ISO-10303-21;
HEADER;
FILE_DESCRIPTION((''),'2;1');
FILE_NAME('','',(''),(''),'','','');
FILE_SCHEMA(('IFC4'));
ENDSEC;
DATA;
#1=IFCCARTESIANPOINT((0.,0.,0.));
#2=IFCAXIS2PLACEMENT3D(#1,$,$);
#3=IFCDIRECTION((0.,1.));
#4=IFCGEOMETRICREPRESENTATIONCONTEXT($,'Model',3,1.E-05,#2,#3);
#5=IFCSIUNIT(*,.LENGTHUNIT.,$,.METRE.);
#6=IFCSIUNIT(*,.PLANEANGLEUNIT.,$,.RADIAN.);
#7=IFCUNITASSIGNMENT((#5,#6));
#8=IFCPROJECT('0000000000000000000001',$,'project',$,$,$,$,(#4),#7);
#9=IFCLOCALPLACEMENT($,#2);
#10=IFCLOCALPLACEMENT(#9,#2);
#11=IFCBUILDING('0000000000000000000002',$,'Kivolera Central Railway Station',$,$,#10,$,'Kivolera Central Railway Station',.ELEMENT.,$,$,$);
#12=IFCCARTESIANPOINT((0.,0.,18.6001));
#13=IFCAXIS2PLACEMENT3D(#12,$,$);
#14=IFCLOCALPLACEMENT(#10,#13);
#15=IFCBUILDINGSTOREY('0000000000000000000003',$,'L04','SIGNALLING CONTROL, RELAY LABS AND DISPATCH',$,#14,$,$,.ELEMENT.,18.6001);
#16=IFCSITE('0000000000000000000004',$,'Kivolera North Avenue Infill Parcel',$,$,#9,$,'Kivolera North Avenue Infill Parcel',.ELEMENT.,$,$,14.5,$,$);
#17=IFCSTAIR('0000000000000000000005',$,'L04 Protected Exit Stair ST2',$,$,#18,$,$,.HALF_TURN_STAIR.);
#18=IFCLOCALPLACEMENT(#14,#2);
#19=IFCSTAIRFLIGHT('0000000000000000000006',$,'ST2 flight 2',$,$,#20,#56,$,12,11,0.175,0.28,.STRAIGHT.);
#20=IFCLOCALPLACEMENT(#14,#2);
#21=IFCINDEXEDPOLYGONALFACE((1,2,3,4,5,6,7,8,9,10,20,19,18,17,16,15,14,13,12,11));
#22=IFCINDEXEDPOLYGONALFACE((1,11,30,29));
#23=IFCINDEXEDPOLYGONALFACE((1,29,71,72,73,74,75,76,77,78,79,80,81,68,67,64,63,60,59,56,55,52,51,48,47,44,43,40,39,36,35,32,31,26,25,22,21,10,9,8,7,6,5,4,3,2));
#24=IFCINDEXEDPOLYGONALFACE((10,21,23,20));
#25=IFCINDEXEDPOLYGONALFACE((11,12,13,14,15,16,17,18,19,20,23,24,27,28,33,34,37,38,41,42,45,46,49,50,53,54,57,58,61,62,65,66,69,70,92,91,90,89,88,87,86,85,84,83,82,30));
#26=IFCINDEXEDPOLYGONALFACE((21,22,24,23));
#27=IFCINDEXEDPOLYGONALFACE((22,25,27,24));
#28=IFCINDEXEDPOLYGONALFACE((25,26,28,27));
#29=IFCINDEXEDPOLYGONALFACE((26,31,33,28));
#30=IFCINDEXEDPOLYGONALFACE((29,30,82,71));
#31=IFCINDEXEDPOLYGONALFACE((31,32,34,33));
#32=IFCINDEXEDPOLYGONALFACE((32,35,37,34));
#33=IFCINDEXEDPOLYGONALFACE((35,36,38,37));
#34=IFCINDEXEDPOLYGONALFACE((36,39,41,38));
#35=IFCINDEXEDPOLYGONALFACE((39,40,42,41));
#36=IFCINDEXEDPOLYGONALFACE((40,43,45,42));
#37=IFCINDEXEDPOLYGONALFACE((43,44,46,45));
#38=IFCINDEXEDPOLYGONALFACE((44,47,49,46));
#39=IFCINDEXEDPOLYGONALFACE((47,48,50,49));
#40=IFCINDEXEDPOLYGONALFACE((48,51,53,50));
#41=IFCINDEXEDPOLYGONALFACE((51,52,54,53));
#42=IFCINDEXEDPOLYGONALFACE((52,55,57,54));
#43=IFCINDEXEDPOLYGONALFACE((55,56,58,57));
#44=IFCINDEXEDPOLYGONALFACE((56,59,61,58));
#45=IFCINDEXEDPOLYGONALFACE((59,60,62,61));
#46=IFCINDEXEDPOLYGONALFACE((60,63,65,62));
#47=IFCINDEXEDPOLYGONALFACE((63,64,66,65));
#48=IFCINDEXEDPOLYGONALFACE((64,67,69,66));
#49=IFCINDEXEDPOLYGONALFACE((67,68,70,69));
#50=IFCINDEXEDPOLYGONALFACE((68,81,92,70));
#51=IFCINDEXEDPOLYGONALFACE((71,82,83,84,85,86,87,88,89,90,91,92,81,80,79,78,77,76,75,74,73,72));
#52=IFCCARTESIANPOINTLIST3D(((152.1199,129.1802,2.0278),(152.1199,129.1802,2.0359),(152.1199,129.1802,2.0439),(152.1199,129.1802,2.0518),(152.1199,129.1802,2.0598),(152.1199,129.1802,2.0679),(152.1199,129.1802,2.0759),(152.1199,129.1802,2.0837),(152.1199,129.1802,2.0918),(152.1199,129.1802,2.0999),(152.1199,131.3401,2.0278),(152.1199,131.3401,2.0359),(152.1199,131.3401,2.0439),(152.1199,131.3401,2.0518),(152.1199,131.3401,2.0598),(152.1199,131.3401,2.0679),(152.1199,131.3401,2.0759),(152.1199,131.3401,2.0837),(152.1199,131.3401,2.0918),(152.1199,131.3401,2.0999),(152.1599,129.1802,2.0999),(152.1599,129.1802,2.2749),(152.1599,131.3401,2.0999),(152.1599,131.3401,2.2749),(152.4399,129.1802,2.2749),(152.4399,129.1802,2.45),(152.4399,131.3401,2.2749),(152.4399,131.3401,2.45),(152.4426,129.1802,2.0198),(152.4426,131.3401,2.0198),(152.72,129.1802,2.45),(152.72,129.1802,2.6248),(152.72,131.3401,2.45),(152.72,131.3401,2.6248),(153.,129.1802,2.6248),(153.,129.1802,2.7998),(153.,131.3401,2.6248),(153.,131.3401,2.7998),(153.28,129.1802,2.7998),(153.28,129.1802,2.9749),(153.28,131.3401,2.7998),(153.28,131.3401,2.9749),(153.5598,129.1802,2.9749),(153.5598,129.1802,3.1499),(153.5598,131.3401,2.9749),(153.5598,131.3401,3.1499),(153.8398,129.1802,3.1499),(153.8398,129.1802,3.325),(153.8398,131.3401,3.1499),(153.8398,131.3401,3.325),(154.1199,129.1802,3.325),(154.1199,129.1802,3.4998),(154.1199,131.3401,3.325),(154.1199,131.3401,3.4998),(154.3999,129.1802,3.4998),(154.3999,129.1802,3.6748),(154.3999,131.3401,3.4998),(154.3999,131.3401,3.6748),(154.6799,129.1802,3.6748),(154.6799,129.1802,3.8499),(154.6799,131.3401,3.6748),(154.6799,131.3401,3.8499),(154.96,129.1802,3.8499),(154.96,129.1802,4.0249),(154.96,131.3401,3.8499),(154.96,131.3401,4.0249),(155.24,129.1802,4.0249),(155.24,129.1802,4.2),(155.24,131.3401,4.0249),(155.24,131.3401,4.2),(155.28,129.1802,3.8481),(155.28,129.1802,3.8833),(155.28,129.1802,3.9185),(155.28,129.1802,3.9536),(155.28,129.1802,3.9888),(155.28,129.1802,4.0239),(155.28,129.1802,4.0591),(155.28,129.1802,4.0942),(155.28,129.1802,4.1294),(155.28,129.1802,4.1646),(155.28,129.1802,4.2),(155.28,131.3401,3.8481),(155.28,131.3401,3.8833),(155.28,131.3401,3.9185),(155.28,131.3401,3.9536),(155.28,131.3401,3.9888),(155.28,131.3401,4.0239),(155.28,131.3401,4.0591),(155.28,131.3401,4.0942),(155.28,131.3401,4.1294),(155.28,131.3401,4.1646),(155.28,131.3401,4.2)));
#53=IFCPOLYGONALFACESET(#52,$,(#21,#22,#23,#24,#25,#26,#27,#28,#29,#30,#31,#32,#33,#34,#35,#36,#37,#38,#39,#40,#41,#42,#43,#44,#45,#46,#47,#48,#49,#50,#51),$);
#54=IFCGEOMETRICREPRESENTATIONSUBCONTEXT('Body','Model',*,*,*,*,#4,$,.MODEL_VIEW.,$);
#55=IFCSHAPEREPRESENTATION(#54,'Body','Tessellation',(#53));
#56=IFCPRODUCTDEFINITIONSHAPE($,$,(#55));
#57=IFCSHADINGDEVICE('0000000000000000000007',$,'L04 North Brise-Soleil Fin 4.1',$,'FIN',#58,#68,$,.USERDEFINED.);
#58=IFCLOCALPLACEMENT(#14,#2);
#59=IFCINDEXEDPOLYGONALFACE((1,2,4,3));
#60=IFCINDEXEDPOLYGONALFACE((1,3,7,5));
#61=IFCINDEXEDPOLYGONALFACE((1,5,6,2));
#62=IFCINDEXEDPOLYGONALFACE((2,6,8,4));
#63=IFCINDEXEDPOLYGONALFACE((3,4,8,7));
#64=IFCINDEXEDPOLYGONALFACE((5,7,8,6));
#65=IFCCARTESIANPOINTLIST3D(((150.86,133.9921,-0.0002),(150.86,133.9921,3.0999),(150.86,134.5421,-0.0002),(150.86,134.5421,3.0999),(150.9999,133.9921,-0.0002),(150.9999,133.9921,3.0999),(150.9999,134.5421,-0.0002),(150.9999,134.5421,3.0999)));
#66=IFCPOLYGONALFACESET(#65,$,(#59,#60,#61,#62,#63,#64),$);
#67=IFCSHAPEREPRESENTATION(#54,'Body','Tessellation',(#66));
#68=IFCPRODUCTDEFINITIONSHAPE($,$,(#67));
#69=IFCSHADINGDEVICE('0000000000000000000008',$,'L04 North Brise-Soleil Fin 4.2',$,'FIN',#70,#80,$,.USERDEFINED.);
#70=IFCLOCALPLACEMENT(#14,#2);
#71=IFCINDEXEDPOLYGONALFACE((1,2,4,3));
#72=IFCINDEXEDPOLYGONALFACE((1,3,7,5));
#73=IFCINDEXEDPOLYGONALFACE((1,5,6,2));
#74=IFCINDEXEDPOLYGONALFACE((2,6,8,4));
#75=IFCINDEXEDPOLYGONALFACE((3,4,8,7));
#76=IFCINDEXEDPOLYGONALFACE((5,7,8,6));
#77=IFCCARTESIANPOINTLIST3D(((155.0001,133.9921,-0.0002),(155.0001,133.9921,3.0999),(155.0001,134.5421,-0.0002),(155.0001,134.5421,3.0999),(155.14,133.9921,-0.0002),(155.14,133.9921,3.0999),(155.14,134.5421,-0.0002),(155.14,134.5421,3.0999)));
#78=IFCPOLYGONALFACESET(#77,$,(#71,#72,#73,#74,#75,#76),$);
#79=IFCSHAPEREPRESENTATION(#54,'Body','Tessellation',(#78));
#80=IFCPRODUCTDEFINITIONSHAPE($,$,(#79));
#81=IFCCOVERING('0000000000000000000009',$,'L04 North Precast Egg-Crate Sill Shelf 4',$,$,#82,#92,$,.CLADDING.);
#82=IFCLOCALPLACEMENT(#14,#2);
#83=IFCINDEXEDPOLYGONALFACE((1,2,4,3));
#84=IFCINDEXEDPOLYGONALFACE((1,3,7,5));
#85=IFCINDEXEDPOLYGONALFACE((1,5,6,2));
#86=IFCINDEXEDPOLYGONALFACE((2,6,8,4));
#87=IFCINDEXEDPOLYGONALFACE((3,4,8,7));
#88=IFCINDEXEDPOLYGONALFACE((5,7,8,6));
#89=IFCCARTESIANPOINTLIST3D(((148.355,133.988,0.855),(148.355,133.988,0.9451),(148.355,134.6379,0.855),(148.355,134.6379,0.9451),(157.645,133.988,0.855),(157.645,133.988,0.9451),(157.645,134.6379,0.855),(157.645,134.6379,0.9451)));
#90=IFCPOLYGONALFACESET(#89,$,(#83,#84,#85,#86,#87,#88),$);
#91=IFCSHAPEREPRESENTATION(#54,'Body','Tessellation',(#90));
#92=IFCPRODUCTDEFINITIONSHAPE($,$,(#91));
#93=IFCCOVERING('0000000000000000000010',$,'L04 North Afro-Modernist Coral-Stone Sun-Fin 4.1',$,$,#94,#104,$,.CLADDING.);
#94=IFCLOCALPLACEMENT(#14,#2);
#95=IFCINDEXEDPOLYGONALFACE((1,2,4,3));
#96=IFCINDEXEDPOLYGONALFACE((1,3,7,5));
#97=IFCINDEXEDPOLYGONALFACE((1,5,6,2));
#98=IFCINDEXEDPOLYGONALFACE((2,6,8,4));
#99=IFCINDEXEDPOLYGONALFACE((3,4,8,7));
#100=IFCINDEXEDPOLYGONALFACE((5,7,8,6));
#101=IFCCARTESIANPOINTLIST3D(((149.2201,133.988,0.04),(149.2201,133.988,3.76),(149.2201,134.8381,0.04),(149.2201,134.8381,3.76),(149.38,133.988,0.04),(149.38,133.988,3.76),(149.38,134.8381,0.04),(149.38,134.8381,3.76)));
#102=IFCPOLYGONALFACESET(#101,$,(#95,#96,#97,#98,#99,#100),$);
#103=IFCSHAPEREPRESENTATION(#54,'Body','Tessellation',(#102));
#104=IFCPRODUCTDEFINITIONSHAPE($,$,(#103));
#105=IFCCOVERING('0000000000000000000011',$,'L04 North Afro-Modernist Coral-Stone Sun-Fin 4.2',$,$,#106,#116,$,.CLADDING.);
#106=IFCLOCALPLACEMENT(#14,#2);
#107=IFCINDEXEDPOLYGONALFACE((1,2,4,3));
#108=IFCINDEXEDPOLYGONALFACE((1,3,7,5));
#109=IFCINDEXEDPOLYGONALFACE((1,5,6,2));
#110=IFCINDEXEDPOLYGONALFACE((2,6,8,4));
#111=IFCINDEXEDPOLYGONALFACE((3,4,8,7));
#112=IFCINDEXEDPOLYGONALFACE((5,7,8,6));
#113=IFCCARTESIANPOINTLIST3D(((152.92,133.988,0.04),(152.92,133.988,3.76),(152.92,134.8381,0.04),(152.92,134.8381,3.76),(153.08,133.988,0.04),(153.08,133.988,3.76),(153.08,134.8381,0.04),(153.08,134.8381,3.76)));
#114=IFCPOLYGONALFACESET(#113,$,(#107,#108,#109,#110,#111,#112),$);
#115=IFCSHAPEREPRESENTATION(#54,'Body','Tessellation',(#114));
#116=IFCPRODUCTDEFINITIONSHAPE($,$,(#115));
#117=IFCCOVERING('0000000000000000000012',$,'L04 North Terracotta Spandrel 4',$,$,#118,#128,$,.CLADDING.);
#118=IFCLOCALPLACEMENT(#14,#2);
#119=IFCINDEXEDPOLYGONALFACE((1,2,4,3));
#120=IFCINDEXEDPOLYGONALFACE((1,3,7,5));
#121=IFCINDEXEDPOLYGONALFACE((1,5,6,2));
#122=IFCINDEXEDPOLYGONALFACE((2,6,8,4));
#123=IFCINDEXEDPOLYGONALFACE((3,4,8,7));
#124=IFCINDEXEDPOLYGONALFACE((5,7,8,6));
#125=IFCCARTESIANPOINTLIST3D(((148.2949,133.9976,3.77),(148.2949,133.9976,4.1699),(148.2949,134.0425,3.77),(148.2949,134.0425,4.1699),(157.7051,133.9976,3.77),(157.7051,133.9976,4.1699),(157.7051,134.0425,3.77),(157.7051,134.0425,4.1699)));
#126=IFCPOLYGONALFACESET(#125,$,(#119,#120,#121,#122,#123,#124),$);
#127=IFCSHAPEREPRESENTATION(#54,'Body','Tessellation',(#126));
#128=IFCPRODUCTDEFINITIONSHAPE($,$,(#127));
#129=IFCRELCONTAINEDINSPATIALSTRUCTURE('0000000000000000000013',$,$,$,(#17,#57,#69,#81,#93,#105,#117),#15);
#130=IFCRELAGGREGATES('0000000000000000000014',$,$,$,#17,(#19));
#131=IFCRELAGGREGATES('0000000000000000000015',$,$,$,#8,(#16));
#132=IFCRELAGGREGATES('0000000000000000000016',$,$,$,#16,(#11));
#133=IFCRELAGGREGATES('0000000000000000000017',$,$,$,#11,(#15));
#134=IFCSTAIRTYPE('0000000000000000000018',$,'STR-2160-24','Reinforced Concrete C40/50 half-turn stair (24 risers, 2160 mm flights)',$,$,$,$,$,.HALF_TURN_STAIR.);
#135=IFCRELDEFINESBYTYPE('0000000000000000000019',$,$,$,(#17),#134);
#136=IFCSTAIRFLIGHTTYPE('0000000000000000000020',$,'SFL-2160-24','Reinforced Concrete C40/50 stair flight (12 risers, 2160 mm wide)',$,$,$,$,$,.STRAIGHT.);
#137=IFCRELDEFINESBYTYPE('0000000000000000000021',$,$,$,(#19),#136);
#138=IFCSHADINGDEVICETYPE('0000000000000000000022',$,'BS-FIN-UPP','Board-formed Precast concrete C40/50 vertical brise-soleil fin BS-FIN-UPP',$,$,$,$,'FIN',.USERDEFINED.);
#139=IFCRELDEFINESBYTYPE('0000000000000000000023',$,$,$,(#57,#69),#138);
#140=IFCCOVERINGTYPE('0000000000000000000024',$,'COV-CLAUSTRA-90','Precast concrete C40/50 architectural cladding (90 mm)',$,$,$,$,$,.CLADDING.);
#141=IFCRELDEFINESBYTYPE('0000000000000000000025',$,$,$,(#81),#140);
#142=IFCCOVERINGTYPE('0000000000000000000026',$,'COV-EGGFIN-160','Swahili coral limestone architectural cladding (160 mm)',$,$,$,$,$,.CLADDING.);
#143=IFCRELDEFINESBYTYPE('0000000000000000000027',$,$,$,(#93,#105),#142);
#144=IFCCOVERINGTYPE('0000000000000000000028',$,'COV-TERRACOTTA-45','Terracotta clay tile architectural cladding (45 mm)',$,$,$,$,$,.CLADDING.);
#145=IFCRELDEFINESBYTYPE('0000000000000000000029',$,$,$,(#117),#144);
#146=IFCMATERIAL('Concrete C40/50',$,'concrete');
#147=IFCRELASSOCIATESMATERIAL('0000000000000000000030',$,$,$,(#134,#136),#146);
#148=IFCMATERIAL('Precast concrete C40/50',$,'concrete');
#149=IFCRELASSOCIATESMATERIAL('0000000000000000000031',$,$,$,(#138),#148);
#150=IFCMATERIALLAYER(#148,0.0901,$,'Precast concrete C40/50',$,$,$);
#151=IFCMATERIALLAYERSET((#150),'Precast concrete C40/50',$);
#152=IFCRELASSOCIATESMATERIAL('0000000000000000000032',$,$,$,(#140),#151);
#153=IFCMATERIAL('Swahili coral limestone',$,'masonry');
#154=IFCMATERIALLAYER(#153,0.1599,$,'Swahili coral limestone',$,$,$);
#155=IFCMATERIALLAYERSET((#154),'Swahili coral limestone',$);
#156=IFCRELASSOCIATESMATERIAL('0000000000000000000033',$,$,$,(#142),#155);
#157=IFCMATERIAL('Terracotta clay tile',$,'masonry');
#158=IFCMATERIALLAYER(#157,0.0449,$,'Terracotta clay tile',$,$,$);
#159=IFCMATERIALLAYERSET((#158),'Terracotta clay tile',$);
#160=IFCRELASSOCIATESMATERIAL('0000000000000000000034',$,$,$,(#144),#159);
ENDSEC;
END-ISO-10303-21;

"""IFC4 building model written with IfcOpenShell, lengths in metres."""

from ifc_helpers import new_model, si_unit, direction, frame, frame_2d, origin, origin_2d, place, context, subcontext, project, spatial, polyline, rectangle, outline, extrude, material, layer, layer_set, type_object, element, aggregate, save


model = new_model("IFC4")

# Units and contexts
model_context = context("Model", 3, precision=1e-05, world=origin(), true_north=direction((0.0, 1.0)))
body_context = subcontext(model_context, "Body", "Model", "MODEL_VIEW")
ifc_project = project(units=[si_unit("LENGTHUNIT", "METRE"), si_unit("PLANEANGLEUNIT", "RADIAN")], contexts=[model_context])

# Site, building, storey
site_placement = place(None, origin())
site = spatial("IfcSite", under=ifc_project, at=site_placement, Name="Kivolera North Avenue Infill Parcel", LongName="Kivolera North Avenue Infill Parcel", CompositionType="ELEMENT", RefElevation=14.5)
building_placement = place(site_placement, origin())
building = spatial("IfcBuilding", under=site, at=building_placement, Name="Kivolera Central Railway Station", LongName="Kivolera Central Railway Station", CompositionType="ELEMENT")
storey_placement = place(building_placement, frame((0.0, 0.0, 18.6001)))
storey = spatial("IfcBuildingStorey", under=building, at=storey_placement, Name="L04", Description="SIGNALLING CONTROL, RELAY LABS AND DISPATCH", CompositionType="ELEMENT", Elevation=18.6001)

# Shared definitions
ifc_material_1 = material(Name="Concrete C40/50", Category="concrete")

# Stair, stair flight
stair_type = type_object("IfcStairType", Name="STR-2160-24", Description="Reinforced Concrete C40/50 half-turn stair (24 risers, 2160 mm flights)", PredefinedType="HALF_TURN_STAIR", material=ifc_material_1)
stair_placement = place(storey_placement, origin())
stair = element("IfcStair", 1, at=stair_placement, inside=storey, type_object=stair_type, Name="L04 Protected Exit Stair ST2", PredefinedType="HALF_TURN_STAIR")
stair_flight_type = type_object("IfcStairFlightType", Name="SFL-2160-24", Description="Reinforced Concrete C40/50 stair flight (12 risers, 2160 mm wide)", PredefinedType="STRAIGHT", material=ifc_material_1)
stair_flight_1_placement = place(storey_placement, frame((152.1599, 130.26, 2.0999), z_axis=(0.0, 0.0, 1.0), x_axis=(1.0, 0.0, 0.0)))
stair_flight_1 = element("IfcStairFlight", 2, at=stair_flight_1_placement, type_object=stair_flight_type, Name="ST2 flight 2", NumberOfRisers=12, NumberOfTreads=11, PredefinedType="STRAIGHT", RiserHeight=0.175, TreadLength=0.28, context=body_context, shape_type="SweptSolid", body=[
    extrude(outline(polyline([(-0.04, 0.0), (0.0, 0.0), (0.0, 0.175), (0.28, 0.175), (0.28, 0.3501), (0.5601, 0.3501), (0.5601, 0.5249), (0.8401, 0.5249), (0.8401, 0.7), (1.1201, 0.7), (1.1201, 0.875), (1.3999, 0.875), (1.3999, 1.05), (1.6799, 1.05), (1.6799, 1.2251), (1.96, 1.2251), (1.96, 1.3999), (2.24, 1.3999), (2.24, 1.575), (2.52, 1.575), (2.52, 1.75), (2.8, 1.75), (2.8, 1.925), (3.0801, 1.925), (3.0801, 2.1001), (3.1201, 2.1001), (3.1201, 2.0647), (3.1201, 2.0295), (3.1201, 1.9944), (3.1201, 1.9592), (3.1201, 1.9241), (3.1201, 1.8889), (3.1201, 1.8538), (3.1201, 1.8186), (3.1201, 1.7834), (3.1201, 1.7483), (0.2827, -0.0801), (-0.04, -0.072), (-0.04, -0.064), (-0.04, -0.0559), (-0.04, -0.0481), (-0.04, -0.04), (-0.04, -0.032), (-0.04, -0.0239), (-0.04, -0.0161), (-0.04, -0.0081), (-0.04, 0.0)])), frame((0.0, 1.0801, 0.0), z_axis=(0.0, -1.0, 0.0), x_axis=(1.0, 0.0, 0.0)), (0.0, 0.0, 1.0), 2.1599),
])
aggregate(stair, [stair_flight_1])

# Shading devices
ifc_material_2 = material(Name="Precast concrete C40/50", Category="concrete")
shading_device_type = type_object("IfcShadingDeviceType", Name="BS-FIN-UPP", Description="Board-formed Precast concrete C40/50 vertical brise-soleil fin BS-FIN-UPP", ElementType="FIN", PredefinedType="USERDEFINED", material=ifc_material_2)
for number, where, z_axis, x_axis, name in (
    (3, (150.9299, 134.2671, -0.0002), (0.0, 0.0, 1.0), (1.0, 0.0, 0.0), "L04 North Brise-Soleil Fin 4.1"),
    (4, (155.0701, 134.2671, -0.0002), (0.0, 0.0, 1.0), (1.0, 0.0, 0.0), "L04 North Brise-Soleil Fin 4.2"),
):
    element("IfcShadingDevice", number, at=place(storey_placement, frame(where, z_axis=z_axis, x_axis=x_axis)), inside=storey, type_object=shading_device_type, Name=name, ObjectType="FIN", PredefinedType="USERDEFINED", context=body_context, shape_type="SweptSolid", body=[
        extrude(rectangle(XDim=0.1399, YDim=0.55, at=origin_2d()), origin(), (0.0, 0.0, 1.0), 3.1001),
    ])

# Coverings
ifc_layer_1 = layer(ifc_material_2, 0.0901, Name="Precast concrete C40/50")
ifc_layer_set_1 = layer_set([ifc_layer_1], Name="Precast concrete C40/50")
covering_type_1 = type_object("IfcCoveringType", Name="COV-CLAUSTRA-90", Description="Precast concrete C40/50 architectural cladding (90 mm)", PredefinedType="CLADDING", material=ifc_layer_set_1)
covering_1_placement = place(storey_placement, frame((153.0, 134.313, 0.855), z_axis=(0.0, 0.0, 1.0), x_axis=(1.0, 0.0, 0.0)))
element("IfcCovering", 5, at=covering_1_placement, inside=storey, type_object=covering_type_1, Name="L04 North Precast Egg-Crate Sill Shelf 4", PredefinedType="CLADDING", context=body_context, shape_type="SweptSolid", body=[
    extrude(rectangle(XDim=9.29, YDim=0.6499, at=origin_2d()), origin(), (0.0, 0.0, 1.0), 0.0901),
])
ifc_material_3 = material(Name="Swahili coral limestone", Category="masonry")
ifc_layer_2 = layer(ifc_material_3, 0.1599, Name="Swahili coral limestone")
ifc_layer_set_2 = layer_set([ifc_layer_2], Name="Swahili coral limestone")
covering_type_2 = type_object("IfcCoveringType", Name="COV-EGGFIN-160", Description="Swahili coral limestone architectural cladding (160 mm)", PredefinedType="CLADDING", material=ifc_layer_set_2)
for number, where, z_axis, x_axis, name in (
    (6, (149.3, 134.4131, 0.04), (0.0, 0.0, 1.0), (1.0, 0.0, 0.0), "L04 North Afro-Modernist Coral-Stone Sun-Fin 4.1"),
    (7, (153.0, 134.4131, 0.04), (0.0, 0.0, 1.0), (1.0, 0.0, 0.0), "L04 North Afro-Modernist Coral-Stone Sun-Fin 4.2"),
):
    element("IfcCovering", number, at=place(storey_placement, frame(where, z_axis=z_axis, x_axis=x_axis)), inside=storey, type_object=covering_type_2, Name=name, PredefinedType="CLADDING", context=body_context, shape_type="SweptSolid", body=[
        extrude(rectangle(XDim=0.1599, YDim=0.8501, at=origin_2d()), origin(), (0.0, 0.0, 1.0), 3.72),
    ])
ifc_material_4 = material(Name="Terracotta clay tile", Category="masonry")
ifc_layer_3 = layer(ifc_material_4, 0.0449, Name="Terracotta clay tile")
ifc_layer_set_3 = layer_set([ifc_layer_3], Name="Terracotta clay tile")
covering_type_3 = type_object("IfcCoveringType", Name="COV-TERRACOTTA-45", Description="Terracotta clay tile architectural cladding (45 mm)", PredefinedType="CLADDING", material=ifc_layer_set_3)
covering_2_placement = place(storey_placement, frame((148.2949, 134.02, 3.77), z_axis=(0.0, 0.0, 1.0), x_axis=(1.0, 0.0, 0.0)))
element("IfcCovering", 8, at=covering_2_placement, inside=storey, type_object=covering_type_3, Name="L04 North Terracotta Spandrel 4", PredefinedType="CLADDING", context=body_context, shape_type="SweptSolid", body=[
    extrude(rectangle(XDim=9.4102, YDim=0.0449, at=frame_2d((4.7051, 0.0))), origin(), (0.0, 0.0, 1.0), 0.3999),
])

save(model, "model.ifc")
